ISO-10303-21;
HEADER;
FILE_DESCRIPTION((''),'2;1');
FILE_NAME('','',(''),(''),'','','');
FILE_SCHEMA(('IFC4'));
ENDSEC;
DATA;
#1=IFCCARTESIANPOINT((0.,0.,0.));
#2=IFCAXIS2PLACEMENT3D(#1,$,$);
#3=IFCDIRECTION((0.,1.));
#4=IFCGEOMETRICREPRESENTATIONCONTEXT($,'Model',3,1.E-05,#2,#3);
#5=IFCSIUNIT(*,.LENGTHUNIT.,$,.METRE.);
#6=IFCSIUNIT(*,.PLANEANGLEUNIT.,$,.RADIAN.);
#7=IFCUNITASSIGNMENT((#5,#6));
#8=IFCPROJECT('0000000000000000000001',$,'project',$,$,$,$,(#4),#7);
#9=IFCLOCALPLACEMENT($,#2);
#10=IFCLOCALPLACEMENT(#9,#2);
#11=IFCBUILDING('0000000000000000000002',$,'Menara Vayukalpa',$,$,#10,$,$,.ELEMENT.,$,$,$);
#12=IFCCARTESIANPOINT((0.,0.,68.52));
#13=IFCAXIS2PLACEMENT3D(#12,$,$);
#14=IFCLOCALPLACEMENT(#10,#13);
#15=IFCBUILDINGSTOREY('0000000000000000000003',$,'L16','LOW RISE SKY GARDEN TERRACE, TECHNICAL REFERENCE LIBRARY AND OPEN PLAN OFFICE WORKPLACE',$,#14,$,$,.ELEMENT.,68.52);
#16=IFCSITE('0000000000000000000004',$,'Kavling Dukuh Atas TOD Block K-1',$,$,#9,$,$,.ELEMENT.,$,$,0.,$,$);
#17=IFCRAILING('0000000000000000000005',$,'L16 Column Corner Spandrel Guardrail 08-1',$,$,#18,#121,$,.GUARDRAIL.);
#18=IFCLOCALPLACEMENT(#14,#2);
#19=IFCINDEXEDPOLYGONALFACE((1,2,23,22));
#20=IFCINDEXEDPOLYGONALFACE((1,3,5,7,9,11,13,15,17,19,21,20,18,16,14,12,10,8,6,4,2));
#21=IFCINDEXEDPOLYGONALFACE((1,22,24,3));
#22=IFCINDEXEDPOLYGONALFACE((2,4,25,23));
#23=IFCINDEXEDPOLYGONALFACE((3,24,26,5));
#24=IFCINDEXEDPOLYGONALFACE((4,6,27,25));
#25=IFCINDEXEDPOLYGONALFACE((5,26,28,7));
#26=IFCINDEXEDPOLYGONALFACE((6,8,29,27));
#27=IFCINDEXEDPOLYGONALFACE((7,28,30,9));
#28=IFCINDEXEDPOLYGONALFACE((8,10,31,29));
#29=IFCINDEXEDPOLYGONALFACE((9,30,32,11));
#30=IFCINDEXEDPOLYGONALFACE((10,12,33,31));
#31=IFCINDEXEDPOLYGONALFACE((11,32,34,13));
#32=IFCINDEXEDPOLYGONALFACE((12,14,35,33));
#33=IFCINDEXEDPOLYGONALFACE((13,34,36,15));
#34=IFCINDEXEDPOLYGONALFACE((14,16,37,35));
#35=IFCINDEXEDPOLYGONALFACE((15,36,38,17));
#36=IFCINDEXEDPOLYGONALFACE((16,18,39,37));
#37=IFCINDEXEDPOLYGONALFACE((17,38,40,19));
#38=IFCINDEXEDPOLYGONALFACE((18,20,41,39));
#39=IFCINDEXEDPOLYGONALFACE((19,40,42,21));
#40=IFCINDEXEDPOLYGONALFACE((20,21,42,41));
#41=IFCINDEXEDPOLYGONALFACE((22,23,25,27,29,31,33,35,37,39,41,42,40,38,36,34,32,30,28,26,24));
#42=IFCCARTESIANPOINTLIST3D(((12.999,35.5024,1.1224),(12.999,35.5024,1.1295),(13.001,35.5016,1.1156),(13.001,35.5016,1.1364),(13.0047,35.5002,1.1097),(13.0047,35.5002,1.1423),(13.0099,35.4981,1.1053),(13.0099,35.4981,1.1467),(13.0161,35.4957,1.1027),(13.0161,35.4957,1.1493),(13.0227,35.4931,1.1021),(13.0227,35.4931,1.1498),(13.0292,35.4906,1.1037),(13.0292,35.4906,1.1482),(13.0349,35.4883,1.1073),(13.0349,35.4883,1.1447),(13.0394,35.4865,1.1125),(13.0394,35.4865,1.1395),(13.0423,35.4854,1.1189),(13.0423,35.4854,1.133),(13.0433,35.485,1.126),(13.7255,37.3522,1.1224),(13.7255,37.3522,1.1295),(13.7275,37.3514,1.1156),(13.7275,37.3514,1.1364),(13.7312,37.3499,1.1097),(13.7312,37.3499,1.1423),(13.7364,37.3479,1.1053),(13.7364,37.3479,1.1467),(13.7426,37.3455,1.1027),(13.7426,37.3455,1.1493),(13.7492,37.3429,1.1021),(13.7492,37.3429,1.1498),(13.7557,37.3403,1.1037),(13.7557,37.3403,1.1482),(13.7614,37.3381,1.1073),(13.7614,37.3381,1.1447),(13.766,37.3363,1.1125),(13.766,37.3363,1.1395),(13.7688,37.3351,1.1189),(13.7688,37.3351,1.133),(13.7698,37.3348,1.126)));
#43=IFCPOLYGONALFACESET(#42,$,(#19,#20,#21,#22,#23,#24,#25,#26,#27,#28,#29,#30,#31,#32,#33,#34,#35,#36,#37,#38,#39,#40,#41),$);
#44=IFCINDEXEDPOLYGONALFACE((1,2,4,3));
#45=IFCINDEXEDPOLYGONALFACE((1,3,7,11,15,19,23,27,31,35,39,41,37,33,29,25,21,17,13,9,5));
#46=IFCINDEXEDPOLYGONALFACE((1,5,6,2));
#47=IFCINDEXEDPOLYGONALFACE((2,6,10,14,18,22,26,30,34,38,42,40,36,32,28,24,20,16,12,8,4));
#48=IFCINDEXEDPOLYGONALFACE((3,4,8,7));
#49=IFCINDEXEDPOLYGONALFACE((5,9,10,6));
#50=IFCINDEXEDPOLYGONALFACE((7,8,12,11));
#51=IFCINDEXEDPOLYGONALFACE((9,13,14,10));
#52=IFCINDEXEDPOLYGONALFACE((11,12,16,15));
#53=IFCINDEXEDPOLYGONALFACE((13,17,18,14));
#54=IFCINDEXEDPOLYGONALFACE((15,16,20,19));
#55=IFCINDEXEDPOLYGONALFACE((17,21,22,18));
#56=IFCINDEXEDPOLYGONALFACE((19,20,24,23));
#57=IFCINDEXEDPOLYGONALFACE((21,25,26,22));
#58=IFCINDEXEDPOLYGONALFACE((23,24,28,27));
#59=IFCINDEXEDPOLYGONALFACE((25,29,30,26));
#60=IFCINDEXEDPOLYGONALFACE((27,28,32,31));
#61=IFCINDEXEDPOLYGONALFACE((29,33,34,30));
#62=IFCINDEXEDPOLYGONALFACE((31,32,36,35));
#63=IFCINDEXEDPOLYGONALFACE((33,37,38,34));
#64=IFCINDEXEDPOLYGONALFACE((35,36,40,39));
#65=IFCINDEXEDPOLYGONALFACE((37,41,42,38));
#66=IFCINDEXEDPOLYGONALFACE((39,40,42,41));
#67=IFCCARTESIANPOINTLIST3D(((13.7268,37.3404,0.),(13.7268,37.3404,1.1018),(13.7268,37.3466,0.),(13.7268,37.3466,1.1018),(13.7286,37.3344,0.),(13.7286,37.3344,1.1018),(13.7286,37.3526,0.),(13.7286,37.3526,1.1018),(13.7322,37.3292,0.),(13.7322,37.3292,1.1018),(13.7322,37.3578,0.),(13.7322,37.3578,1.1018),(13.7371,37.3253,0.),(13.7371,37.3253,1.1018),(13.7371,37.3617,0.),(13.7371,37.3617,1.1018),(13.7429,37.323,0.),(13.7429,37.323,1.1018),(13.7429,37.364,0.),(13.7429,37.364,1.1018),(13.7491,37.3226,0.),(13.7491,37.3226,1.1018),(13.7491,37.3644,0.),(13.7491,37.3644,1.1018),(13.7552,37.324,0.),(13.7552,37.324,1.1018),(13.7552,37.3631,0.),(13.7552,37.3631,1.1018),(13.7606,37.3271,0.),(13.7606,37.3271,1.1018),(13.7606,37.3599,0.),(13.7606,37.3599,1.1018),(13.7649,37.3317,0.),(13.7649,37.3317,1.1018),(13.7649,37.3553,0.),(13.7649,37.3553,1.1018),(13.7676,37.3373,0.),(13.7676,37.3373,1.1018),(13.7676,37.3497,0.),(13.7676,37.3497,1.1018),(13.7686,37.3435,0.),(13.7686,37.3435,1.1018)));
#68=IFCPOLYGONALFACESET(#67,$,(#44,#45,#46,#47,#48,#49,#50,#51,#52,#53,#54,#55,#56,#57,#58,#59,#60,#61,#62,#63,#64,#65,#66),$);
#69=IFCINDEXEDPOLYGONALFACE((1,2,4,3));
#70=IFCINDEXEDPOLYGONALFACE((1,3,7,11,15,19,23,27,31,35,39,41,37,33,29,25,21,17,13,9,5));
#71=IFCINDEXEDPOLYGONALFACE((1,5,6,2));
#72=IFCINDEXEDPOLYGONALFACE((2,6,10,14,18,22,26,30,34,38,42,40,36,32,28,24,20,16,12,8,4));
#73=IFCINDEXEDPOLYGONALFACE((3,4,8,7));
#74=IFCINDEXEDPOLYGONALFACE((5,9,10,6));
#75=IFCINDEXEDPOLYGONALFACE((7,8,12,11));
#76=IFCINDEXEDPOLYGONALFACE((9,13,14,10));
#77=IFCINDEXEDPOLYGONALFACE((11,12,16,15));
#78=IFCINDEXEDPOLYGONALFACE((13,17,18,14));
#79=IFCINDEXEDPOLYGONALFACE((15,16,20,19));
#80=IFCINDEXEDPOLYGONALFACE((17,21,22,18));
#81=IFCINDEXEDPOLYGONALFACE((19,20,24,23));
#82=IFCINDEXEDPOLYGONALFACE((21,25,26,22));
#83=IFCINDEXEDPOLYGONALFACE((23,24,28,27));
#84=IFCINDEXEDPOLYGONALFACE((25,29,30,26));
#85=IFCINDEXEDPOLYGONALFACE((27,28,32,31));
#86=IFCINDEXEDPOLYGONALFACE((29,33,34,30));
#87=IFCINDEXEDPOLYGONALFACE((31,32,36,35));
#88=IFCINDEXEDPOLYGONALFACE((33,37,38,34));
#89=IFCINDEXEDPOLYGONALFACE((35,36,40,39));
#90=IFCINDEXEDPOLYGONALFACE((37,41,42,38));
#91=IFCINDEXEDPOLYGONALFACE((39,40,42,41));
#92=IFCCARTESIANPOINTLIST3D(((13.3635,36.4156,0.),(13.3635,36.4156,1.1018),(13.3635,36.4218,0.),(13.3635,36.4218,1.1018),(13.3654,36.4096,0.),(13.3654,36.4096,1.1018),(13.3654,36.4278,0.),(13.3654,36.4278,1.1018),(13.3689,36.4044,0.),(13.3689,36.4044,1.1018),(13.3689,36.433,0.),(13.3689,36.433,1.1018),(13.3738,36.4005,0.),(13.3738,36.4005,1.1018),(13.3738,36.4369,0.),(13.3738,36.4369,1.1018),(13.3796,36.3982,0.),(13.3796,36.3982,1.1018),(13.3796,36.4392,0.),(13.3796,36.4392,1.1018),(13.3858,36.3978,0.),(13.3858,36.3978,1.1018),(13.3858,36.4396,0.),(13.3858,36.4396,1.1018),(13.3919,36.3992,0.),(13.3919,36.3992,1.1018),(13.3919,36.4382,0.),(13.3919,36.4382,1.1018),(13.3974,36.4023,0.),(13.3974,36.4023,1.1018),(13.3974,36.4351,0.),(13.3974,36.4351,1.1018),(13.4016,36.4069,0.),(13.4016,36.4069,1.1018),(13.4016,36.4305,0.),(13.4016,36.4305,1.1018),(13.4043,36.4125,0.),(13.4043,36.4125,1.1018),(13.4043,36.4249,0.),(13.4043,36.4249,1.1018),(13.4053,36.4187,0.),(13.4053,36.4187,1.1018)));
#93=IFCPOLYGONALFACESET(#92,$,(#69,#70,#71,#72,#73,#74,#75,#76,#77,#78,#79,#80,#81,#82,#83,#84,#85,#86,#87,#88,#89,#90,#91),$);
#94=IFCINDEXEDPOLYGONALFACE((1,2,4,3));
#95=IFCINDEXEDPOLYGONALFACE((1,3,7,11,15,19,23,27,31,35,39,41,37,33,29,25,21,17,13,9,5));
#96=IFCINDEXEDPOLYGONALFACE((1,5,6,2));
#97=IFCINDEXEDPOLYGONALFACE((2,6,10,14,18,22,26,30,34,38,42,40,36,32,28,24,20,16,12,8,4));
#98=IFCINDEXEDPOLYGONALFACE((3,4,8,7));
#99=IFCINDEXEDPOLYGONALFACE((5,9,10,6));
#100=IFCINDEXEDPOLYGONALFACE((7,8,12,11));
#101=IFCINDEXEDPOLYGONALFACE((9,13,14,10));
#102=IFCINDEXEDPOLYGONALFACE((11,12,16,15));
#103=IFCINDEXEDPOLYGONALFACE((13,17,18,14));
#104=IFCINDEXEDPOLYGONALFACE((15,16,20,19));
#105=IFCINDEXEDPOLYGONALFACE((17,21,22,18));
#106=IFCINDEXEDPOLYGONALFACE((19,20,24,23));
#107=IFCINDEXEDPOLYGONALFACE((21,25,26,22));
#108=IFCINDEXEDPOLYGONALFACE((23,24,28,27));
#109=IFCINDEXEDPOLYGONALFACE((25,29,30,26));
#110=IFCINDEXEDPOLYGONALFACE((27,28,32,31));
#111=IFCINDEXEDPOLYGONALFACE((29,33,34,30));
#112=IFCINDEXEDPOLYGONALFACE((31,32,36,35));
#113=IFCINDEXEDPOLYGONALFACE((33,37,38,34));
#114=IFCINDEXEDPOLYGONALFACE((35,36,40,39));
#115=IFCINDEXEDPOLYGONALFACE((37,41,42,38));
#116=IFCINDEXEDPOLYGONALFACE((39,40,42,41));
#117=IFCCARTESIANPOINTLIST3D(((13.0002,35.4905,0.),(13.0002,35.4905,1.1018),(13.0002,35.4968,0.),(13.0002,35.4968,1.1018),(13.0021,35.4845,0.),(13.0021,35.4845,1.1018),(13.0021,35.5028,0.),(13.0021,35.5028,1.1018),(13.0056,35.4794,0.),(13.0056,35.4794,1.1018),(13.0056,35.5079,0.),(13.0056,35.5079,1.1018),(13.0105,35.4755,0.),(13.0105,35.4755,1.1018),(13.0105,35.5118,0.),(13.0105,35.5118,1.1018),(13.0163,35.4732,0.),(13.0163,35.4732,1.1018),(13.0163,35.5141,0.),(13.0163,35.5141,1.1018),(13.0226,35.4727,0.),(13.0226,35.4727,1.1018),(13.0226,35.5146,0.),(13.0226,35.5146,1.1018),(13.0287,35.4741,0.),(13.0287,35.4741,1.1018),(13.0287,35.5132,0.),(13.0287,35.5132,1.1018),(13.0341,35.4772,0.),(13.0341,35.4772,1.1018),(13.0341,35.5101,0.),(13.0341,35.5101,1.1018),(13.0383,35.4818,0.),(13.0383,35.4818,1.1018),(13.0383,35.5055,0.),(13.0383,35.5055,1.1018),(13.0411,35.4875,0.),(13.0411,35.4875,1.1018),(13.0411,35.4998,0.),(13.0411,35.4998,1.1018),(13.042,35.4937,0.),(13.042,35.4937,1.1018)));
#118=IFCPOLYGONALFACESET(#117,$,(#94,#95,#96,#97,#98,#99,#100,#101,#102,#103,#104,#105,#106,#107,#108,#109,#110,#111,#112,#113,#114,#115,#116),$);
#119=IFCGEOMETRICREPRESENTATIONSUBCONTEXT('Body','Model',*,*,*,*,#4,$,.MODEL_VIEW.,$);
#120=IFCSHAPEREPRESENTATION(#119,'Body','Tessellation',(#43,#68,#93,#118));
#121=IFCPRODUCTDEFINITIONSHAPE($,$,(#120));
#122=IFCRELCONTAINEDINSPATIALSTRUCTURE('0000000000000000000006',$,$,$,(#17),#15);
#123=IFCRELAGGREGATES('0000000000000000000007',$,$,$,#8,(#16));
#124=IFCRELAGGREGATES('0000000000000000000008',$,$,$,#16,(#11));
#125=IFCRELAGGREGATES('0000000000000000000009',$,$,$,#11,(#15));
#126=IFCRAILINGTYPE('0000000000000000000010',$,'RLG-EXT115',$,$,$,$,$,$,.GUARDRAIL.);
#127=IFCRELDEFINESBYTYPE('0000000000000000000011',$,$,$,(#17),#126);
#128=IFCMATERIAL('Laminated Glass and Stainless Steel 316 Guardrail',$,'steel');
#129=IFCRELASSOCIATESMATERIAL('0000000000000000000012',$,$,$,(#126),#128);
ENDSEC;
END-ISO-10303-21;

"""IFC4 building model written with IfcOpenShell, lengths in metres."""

from ifc_helpers import new_model, si_unit, direction, frame, origin, origin_2d, place, context, subcontext, project, spatial, circle, extrude, material, type_object, element, save


model = new_model("IFC4")

# Units and contexts
model_context = context("Model", 3, precision=1e-05, world=origin(), true_north=direction((0.0, 1.0)))
body_context = subcontext(model_context, "Body", "Model", "MODEL_VIEW")
ifc_project = project(units=[si_unit("LENGTHUNIT", "METRE"), si_unit("PLANEANGLEUNIT", "RADIAN")], contexts=[model_context])

# Site, building, storey
site_placement = place(None, origin())
site = spatial("IfcSite", under=ifc_project, at=site_placement, Name="Kavling Dukuh Atas TOD Block K-1", CompositionType="ELEMENT", RefElevation=0.0)
building_placement = place(site_placement, origin())
building = spatial("IfcBuilding", under=site, at=building_placement, Name="Menara Vayukalpa", CompositionType="ELEMENT")
storey_placement = place(building_placement, frame((0.0, 0.0, 68.52)))
storey = spatial("IfcBuildingStorey", under=building, at=storey_placement, Name="L16", Description="LOW RISE SKY GARDEN TERRACE, TECHNICAL REFERENCE LIBRARY AND OPEN PLAN OFFICE WORKPLACE", CompositionType="ELEMENT", Elevation=68.52)

# Railing
ifc_material_1 = material(Name="Laminated Glass and Stainless Steel 316 Guardrail", Category="steel")
railing_type = type_object("IfcRailingType", Name="RLG-EXT115", PredefinedType="GUARDRAIL", material=ifc_material_1)
railing_1_placement = place(storey_placement, frame((13.7476, 37.3435, 0.0)))
element("IfcRailing", 1, at=railing_1_placement, inside=storey, type_object=railing_type, Name="L16 Column Corner Spandrel Guardrail 08-1", PredefinedType="GUARDRAIL", context=body_context, shape_type="SweptSolid", body=[
    extrude(circle(Radius=0.0239, at=origin_2d()), frame((0.0, 0.0, 1.126), z_axis=(-0.36558, -0.93078, 0.0), x_axis=(0.93078, -0.36558, 0.0)), (0.0, 0.0, 1.0), 1.9873),
    extrude(circle(Radius=0.021, at=origin_2d()), origin(), (0.0, 0.0, 1.0), 1.1018),
    extrude(circle(Radius=0.021, at=origin_2d()), frame((-0.3633, -0.9248, 0.0)), (0.0, 0.0, 1.0), 1.1018),
    extrude(circle(Radius=0.021, at=origin_2d()), frame((-0.7266, -1.8499, 0.0)), (0.0, 0.0, 1.0), 1.1018),
])

save(model, "model.ifc")
